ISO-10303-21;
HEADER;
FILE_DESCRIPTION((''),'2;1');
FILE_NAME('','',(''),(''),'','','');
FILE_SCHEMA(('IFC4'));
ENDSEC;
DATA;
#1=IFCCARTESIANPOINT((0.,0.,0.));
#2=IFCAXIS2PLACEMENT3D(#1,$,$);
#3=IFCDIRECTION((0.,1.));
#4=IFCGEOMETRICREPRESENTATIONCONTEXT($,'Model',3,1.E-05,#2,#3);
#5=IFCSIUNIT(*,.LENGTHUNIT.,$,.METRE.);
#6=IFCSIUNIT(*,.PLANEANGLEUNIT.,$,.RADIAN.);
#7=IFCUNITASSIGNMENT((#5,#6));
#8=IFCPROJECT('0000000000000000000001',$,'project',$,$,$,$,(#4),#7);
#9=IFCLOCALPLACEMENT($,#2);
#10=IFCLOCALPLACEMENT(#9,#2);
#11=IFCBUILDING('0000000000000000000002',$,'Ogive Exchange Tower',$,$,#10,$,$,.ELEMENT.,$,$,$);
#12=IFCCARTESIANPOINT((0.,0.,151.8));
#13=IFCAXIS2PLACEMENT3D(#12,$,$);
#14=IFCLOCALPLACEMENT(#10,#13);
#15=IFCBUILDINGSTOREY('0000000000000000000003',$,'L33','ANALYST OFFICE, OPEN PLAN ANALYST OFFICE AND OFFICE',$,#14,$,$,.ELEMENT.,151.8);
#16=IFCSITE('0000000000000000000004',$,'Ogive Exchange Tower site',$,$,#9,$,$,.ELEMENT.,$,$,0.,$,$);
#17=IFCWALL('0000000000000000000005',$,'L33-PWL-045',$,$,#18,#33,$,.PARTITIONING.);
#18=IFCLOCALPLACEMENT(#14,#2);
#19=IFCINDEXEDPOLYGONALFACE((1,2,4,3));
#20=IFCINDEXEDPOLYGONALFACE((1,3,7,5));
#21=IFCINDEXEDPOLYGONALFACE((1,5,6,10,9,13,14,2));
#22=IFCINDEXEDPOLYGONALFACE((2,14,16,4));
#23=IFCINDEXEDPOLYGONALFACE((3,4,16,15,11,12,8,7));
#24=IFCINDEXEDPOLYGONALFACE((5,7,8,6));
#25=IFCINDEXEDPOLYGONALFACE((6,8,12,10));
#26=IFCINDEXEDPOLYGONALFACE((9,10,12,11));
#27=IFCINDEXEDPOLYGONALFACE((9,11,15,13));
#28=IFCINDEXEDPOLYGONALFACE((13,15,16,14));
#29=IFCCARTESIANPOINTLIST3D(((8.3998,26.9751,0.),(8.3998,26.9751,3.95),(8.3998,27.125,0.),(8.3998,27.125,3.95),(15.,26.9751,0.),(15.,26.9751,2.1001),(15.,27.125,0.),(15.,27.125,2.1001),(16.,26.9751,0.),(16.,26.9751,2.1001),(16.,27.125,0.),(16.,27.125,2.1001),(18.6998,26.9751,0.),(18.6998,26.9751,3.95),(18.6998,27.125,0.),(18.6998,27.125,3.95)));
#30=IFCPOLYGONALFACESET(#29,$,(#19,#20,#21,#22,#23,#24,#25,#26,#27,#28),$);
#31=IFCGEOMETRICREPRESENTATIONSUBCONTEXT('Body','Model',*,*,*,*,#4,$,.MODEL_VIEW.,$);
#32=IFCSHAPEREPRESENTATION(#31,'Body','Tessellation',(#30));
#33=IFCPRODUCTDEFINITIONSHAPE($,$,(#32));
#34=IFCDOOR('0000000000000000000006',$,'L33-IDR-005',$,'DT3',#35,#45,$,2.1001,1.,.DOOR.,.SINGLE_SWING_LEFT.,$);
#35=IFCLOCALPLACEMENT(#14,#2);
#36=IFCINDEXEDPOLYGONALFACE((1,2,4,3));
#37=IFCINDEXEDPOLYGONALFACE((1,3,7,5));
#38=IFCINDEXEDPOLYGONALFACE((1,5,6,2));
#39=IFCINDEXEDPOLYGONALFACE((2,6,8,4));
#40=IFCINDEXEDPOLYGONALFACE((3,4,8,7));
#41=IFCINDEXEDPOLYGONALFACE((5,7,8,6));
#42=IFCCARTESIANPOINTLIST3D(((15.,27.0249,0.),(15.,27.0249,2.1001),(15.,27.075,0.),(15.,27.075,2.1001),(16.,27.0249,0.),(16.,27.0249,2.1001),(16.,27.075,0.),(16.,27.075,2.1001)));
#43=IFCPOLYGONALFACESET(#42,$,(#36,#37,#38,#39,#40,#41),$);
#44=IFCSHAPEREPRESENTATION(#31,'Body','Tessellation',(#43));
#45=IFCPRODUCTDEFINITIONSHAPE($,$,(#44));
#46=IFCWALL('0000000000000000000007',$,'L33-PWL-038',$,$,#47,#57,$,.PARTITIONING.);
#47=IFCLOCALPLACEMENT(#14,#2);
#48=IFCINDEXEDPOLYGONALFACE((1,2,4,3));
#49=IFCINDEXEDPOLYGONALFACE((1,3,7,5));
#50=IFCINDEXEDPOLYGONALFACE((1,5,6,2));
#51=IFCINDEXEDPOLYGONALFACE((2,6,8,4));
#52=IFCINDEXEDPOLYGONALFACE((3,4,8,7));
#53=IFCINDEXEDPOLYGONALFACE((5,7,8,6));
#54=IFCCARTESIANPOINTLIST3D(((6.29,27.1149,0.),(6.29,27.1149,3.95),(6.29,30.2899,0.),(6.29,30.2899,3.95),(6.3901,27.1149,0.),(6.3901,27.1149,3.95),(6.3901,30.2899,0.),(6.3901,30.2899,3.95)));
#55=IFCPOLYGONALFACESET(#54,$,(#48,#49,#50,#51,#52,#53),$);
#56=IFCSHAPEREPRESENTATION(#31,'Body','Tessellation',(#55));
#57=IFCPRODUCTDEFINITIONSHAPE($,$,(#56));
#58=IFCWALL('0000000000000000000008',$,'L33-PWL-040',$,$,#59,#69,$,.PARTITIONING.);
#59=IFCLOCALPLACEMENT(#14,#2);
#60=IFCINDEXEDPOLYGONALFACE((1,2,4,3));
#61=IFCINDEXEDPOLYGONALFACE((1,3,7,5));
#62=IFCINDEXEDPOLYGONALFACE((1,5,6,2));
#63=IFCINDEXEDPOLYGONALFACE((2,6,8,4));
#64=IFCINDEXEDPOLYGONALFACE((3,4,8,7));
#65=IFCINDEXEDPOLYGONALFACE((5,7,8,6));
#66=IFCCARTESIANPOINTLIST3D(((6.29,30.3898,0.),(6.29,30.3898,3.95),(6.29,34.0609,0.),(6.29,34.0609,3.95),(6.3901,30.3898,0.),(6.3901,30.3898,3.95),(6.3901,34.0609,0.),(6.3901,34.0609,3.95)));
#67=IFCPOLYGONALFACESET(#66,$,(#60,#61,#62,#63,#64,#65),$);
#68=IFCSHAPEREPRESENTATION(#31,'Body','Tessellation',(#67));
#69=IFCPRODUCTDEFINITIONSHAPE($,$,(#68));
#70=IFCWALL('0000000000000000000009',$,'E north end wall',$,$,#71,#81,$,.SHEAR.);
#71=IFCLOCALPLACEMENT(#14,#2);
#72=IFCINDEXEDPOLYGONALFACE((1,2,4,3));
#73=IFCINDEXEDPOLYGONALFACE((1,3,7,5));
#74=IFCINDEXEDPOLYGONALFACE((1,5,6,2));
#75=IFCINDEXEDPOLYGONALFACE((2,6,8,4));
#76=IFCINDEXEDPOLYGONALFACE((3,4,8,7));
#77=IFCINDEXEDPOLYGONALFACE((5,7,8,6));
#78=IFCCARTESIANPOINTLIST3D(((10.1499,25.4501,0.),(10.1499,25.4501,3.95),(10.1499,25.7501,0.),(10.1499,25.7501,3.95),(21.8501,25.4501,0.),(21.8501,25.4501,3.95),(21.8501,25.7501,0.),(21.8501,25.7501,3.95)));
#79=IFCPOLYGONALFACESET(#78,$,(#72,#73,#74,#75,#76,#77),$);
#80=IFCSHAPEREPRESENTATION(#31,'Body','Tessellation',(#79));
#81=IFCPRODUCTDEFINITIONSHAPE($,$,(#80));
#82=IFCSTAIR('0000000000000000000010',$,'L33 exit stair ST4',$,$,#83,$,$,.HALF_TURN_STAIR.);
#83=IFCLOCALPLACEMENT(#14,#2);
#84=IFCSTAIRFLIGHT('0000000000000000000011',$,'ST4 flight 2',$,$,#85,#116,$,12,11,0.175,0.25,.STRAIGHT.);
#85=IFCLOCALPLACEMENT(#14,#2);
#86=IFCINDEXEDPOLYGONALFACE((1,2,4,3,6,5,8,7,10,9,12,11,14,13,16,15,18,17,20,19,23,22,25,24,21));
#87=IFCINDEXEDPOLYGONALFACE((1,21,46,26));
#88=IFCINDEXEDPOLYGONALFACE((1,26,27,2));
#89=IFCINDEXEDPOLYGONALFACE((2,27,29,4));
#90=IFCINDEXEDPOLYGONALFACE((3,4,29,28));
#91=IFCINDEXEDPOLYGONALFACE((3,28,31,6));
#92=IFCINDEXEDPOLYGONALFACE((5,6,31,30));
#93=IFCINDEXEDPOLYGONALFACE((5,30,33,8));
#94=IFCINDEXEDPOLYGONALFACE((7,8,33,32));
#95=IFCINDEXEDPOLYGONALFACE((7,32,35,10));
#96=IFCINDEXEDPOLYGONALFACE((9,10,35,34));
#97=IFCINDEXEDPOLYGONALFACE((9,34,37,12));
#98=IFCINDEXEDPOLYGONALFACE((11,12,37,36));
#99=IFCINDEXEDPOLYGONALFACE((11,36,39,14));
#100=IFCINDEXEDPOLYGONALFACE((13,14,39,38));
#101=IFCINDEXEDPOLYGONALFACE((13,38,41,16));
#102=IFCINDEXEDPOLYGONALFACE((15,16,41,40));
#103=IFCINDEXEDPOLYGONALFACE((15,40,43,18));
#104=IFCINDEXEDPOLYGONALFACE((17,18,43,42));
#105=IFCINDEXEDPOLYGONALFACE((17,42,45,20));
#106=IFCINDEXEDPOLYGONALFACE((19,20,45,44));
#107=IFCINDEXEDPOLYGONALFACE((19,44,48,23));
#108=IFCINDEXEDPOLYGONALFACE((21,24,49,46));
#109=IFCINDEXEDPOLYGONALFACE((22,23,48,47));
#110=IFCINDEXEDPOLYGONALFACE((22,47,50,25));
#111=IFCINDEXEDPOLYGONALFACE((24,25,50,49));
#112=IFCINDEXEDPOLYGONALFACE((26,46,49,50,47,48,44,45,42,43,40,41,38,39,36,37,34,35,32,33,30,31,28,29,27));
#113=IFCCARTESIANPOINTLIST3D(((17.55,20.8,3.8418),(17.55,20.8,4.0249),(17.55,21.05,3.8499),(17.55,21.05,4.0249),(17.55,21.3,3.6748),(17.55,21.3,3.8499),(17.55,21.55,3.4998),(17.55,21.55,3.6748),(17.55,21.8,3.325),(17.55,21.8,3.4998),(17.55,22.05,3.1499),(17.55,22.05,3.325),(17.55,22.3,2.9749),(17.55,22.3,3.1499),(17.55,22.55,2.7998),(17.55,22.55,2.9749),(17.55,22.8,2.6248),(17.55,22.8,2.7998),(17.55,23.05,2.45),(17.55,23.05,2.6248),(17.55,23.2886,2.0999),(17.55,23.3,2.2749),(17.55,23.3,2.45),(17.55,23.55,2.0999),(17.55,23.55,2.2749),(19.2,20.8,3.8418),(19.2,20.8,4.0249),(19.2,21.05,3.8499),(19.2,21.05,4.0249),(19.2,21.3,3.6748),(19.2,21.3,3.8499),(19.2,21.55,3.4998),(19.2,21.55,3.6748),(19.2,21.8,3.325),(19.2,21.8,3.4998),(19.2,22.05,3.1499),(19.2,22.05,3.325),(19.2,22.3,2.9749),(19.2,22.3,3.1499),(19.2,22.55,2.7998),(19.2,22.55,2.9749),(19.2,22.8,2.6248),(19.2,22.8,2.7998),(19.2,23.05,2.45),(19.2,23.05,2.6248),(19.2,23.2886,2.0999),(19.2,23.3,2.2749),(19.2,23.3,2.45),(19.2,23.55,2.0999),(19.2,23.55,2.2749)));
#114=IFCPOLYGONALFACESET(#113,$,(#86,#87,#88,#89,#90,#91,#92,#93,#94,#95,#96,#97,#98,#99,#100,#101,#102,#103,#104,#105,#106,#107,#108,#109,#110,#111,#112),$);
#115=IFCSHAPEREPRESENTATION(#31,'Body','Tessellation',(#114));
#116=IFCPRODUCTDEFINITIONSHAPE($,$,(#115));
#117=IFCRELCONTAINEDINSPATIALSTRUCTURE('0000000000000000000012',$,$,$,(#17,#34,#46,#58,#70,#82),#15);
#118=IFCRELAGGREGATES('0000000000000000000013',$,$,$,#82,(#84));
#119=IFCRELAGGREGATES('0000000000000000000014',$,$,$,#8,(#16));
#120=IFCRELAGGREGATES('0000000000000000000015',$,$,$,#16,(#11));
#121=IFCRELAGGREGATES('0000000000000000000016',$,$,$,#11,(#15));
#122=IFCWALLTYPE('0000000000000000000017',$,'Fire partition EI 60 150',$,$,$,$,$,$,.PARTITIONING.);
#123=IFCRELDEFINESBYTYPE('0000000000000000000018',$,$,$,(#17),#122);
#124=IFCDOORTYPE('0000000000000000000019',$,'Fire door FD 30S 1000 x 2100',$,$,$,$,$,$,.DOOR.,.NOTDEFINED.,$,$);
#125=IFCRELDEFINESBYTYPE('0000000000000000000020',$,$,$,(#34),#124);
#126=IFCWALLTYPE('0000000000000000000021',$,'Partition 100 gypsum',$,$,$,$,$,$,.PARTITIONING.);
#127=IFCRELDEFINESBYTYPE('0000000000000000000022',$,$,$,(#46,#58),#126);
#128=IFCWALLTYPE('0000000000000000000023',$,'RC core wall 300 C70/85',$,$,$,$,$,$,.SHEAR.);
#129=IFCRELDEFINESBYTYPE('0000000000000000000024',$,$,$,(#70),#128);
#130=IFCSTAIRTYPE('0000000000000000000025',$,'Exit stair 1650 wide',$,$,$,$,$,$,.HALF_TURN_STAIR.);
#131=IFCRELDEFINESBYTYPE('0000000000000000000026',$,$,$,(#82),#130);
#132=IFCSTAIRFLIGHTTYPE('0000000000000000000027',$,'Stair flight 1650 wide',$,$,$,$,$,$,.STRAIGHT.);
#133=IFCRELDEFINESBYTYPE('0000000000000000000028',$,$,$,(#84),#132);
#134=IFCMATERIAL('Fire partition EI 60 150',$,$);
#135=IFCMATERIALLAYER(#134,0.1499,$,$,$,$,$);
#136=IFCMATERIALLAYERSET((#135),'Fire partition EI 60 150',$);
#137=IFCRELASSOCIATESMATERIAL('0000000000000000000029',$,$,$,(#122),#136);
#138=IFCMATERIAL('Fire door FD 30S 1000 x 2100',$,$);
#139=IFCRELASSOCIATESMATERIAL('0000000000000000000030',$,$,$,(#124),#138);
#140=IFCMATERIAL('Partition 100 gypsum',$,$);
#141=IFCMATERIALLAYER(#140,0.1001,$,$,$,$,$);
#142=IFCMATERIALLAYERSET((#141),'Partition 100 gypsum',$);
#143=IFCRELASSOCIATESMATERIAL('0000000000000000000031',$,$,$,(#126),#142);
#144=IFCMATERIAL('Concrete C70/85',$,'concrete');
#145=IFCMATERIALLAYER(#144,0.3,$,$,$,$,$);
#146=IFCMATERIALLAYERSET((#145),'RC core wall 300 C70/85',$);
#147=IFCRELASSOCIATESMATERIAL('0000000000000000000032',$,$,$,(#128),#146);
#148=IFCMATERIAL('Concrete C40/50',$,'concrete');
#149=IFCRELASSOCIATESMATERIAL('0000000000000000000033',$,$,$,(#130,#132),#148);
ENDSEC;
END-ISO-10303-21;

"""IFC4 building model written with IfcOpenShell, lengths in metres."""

from ifc_helpers import new_model, si_unit, direction, frame, frame_2d, origin, place, context, subcontext, project, spatial, polyline, rectangle, outline, extrude, material, layer, layer_set, type_object, element, fill, aggregate, save


model = new_model("IFC4")

# Units and contexts
model_context = context("Model", 3, precision=1e-05, world=origin(), true_north=direction((0.0, 1.0)))
body_context = subcontext(model_context, "Body", "Model", "MODEL_VIEW")
ifc_project = project(units=[si_unit("LENGTHUNIT", "METRE"), si_unit("PLANEANGLEUNIT", "RADIAN")], contexts=[model_context])

# Site, building, storey
site_placement = place(None, origin())
site = spatial("IfcSite", under=ifc_project, at=site_placement, Name="Ogive Exchange Tower site", CompositionType="ELEMENT", RefElevation=0.0)
building_placement = place(site_placement, origin())
building = spatial("IfcBuilding", under=site, at=building_placement, Name="Ogive Exchange Tower", CompositionType="ELEMENT")
storey_placement = place(building_placement, frame((0.0, 0.0, 151.8)))
storey = spatial("IfcBuildingStorey", under=building, at=storey_placement, Name="L33", Description="ANALYST OFFICE, OPEN PLAN ANALYST OFFICE AND OFFICE", CompositionType="ELEMENT", Elevation=151.8)

# Shared definitions
ifc_material_1 = material(Name="Fire partition EI 60 150")
ifc_layer_1 = layer(ifc_material_1, 0.1499)
ifc_layer_set_1 = layer_set([ifc_layer_1], Name="Fire partition EI 60 150")
wall_type_1 = type_object("IfcWallType", Name="Fire partition EI 60 150", PredefinedType="PARTITIONING", material=ifc_layer_set_1)

# Wall, opening, door
wall_1_placement = place(storey_placement, frame((8.3999, 27.05, 0.0), z_axis=(0.0, 0.0, 1.0), x_axis=(1.0, 0.0, 0.0)))
wall_1 = element("IfcWall", 1, at=wall_1_placement, inside=storey, type_object=wall_type_1, Name="L33-PWL-045", PredefinedType="PARTITIONING", context=body_context, shape_type="SweptSolid", body=[
    extrude(rectangle(XDim=10.3, YDim=0.1499, at=frame_2d((5.1499, 0.0))), origin(), (0.0, 0.0, 1.0), 3.95),
])
opening_placement = place(wall_1_placement, frame((6.6001, 0.0, 0.0)))
opening = element("IfcOpeningElement", 2, at=opening_placement, cuts=wall_1, PredefinedType="OPENING", context=body_context, shape_type="SweptSolid", body=[
    extrude(rectangle(XDim=1.0, YDim=2.1001, at=frame_2d((0.5, 1.05))), frame((0.0, 0.085, 0.0), z_axis=(0.0, -1.0, 0.0), x_axis=(1.0, 0.0, 0.0)), (0.0, 0.0, 1.0), 0.1699),
])
ifc_material_2 = material(Name="Fire door FD 30S 1000 x 2100")
door_type = type_object("IfcDoorType", Name="Fire door FD 30S 1000 x 2100", OperationType="NOTDEFINED", PredefinedType="DOOR", material=ifc_material_2)
door_placement = place(opening_placement, origin())
door = element("IfcDoor", 3, at=door_placement, inside=storey, type_object=door_type, Name="L33-IDR-005", ObjectType="DT3", OperationType="SINGLE_SWING_LEFT", OverallHeight=2.1001, OverallWidth=1.0, PredefinedType="DOOR", context=body_context, shape_type="SweptSolid", body=[
    extrude(rectangle(XDim=1.0, YDim=2.1001, at=frame_2d((0.5, 1.05))), frame((0.0, 0.0249, 0.0), z_axis=(0.0, -1.0, 0.0), x_axis=(1.0, 0.0, 0.0)), (0.0, 0.0, 1.0), 0.05),
])
fill(opening, door)

# Walls
ifc_material_3 = material(Name="Partition 100 gypsum")
ifc_layer_2 = layer(ifc_material_3, 0.1001)
ifc_layer_set_2 = layer_set([ifc_layer_2], Name="Partition 100 gypsum")
wall_type_2 = type_object("IfcWallType", Name="Partition 100 gypsum", PredefinedType="PARTITIONING", material=ifc_layer_set_2)
wall_2_placement = place(storey_placement, frame((6.3401, 27.115, 0.0), z_axis=(0.0, 0.0, 1.0), x_axis=(0.0, 1.0, 0.0)))
element("IfcWall", 4, at=wall_2_placement, inside=storey, type_object=wall_type_2, Name="L33-PWL-038", PredefinedType="PARTITIONING", context=body_context, shape_type="SweptSolid", body=[
    extrude(rectangle(XDim=3.175, YDim=0.1001, at=frame_2d((1.5874, 0.0))), origin(), (0.0, 0.0, 1.0), 3.95),
])
wall_3_placement = place(storey_placement, frame((6.3401, 30.3899, 0.0), z_axis=(0.0, 0.0, 1.0), x_axis=(0.0, 1.0, 0.0)))
element("IfcWall", 5, at=wall_3_placement, inside=storey, type_object=wall_type_2, Name="L33-PWL-040", PredefinedType="PARTITIONING", context=body_context, shape_type="SweptSolid", body=[
    extrude(rectangle(XDim=3.6711, YDim=0.1001, at=frame_2d((1.8354, 0.0))), origin(), (0.0, 0.0, 1.0), 3.95),
])
ifc_material_4 = material(Name="Concrete C70/85", Category="concrete")
ifc_layer_3 = layer(ifc_material_4, 0.3)
ifc_layer_set_3 = layer_set([ifc_layer_3], Name="RC core wall 300 C70/85")
wall_type_3 = type_object("IfcWallType", Name="RC core wall 300 C70/85", PredefinedType="SHEAR", material=ifc_layer_set_3)
wall_4_placement = place(storey_placement, frame((10.1499, 25.6001, 0.0), z_axis=(0.0, 0.0, 1.0), x_axis=(1.0, 0.0, 0.0)))
element("IfcWall", 6, at=wall_4_placement, inside=storey, type_object=wall_type_3, Name="E north end wall", PredefinedType="SHEAR", context=body_context, shape_type="SweptSolid", body=[
    extrude(rectangle(XDim=11.7002, YDim=0.3, at=frame_2d((5.8501, 0.0))), origin(), (0.0, 0.0, 1.0), 3.95),
])

# Stair, stair flight
ifc_material_5 = material(Name="Concrete C40/50", Category="concrete")
stair_type = type_object("IfcStairType", Name="Exit stair 1650 wide", PredefinedType="HALF_TURN_STAIR", material=ifc_material_5)
stair_placement = place(storey_placement, origin())
stair = element("IfcStair", 7, at=stair_placement, inside=storey, type_object=stair_type, Name="L33 exit stair ST4", PredefinedType="HALF_TURN_STAIR")
stair_flight_type = type_object("IfcStairFlightType", Name="Stair flight 1650 wide", PredefinedType="STRAIGHT", material=ifc_material_5)
stair_flight_placement = place(storey_placement, frame((18.375, 23.55, 2.0999), z_axis=(0.0, 0.0, 1.0), x_axis=(0.0, -1.0, 0.0)))
stair_flight = element("IfcStairFlight", 8, at=stair_flight_placement, type_object=stair_flight_type, Name="ST4 flight 2", NumberOfRisers=12, NumberOfTreads=11, PredefinedType="STRAIGHT", RiserHeight=0.175, TreadLength=0.25, context=body_context, shape_type="SweptSolid", body=[
    extrude(outline(polyline([(0.0, 0.0), (0.0, 0.175), (0.25, 0.175), (0.25, 0.3501), (0.5, 0.3501), (0.5, 0.5249), (0.75, 0.5249), (0.75, 0.7), (1.0, 0.7), (1.0, 0.875), (1.25, 0.875), (1.25, 1.05), (1.5, 1.05), (1.5, 1.2251), (1.75, 1.2251), (1.75, 1.3999), (2.0, 1.3999), (2.0, 1.575), (2.25, 1.575), (2.25, 1.75), (2.5, 1.75), (2.5, 1.925), (2.75, 1.925), (2.75, 2.1001), (2.75, 1.7419), (0.2615, 0.0), (0.0, 0.0)])), frame((0.0, 0.825, 0.0), z_axis=(0.0, -1.0, 0.0), x_axis=(1.0, 0.0, 0.0)), (0.0, 0.0, 1.0), 1.6499),
])
aggregate(stair, [stair_flight])

save(model, "model.ifc")
